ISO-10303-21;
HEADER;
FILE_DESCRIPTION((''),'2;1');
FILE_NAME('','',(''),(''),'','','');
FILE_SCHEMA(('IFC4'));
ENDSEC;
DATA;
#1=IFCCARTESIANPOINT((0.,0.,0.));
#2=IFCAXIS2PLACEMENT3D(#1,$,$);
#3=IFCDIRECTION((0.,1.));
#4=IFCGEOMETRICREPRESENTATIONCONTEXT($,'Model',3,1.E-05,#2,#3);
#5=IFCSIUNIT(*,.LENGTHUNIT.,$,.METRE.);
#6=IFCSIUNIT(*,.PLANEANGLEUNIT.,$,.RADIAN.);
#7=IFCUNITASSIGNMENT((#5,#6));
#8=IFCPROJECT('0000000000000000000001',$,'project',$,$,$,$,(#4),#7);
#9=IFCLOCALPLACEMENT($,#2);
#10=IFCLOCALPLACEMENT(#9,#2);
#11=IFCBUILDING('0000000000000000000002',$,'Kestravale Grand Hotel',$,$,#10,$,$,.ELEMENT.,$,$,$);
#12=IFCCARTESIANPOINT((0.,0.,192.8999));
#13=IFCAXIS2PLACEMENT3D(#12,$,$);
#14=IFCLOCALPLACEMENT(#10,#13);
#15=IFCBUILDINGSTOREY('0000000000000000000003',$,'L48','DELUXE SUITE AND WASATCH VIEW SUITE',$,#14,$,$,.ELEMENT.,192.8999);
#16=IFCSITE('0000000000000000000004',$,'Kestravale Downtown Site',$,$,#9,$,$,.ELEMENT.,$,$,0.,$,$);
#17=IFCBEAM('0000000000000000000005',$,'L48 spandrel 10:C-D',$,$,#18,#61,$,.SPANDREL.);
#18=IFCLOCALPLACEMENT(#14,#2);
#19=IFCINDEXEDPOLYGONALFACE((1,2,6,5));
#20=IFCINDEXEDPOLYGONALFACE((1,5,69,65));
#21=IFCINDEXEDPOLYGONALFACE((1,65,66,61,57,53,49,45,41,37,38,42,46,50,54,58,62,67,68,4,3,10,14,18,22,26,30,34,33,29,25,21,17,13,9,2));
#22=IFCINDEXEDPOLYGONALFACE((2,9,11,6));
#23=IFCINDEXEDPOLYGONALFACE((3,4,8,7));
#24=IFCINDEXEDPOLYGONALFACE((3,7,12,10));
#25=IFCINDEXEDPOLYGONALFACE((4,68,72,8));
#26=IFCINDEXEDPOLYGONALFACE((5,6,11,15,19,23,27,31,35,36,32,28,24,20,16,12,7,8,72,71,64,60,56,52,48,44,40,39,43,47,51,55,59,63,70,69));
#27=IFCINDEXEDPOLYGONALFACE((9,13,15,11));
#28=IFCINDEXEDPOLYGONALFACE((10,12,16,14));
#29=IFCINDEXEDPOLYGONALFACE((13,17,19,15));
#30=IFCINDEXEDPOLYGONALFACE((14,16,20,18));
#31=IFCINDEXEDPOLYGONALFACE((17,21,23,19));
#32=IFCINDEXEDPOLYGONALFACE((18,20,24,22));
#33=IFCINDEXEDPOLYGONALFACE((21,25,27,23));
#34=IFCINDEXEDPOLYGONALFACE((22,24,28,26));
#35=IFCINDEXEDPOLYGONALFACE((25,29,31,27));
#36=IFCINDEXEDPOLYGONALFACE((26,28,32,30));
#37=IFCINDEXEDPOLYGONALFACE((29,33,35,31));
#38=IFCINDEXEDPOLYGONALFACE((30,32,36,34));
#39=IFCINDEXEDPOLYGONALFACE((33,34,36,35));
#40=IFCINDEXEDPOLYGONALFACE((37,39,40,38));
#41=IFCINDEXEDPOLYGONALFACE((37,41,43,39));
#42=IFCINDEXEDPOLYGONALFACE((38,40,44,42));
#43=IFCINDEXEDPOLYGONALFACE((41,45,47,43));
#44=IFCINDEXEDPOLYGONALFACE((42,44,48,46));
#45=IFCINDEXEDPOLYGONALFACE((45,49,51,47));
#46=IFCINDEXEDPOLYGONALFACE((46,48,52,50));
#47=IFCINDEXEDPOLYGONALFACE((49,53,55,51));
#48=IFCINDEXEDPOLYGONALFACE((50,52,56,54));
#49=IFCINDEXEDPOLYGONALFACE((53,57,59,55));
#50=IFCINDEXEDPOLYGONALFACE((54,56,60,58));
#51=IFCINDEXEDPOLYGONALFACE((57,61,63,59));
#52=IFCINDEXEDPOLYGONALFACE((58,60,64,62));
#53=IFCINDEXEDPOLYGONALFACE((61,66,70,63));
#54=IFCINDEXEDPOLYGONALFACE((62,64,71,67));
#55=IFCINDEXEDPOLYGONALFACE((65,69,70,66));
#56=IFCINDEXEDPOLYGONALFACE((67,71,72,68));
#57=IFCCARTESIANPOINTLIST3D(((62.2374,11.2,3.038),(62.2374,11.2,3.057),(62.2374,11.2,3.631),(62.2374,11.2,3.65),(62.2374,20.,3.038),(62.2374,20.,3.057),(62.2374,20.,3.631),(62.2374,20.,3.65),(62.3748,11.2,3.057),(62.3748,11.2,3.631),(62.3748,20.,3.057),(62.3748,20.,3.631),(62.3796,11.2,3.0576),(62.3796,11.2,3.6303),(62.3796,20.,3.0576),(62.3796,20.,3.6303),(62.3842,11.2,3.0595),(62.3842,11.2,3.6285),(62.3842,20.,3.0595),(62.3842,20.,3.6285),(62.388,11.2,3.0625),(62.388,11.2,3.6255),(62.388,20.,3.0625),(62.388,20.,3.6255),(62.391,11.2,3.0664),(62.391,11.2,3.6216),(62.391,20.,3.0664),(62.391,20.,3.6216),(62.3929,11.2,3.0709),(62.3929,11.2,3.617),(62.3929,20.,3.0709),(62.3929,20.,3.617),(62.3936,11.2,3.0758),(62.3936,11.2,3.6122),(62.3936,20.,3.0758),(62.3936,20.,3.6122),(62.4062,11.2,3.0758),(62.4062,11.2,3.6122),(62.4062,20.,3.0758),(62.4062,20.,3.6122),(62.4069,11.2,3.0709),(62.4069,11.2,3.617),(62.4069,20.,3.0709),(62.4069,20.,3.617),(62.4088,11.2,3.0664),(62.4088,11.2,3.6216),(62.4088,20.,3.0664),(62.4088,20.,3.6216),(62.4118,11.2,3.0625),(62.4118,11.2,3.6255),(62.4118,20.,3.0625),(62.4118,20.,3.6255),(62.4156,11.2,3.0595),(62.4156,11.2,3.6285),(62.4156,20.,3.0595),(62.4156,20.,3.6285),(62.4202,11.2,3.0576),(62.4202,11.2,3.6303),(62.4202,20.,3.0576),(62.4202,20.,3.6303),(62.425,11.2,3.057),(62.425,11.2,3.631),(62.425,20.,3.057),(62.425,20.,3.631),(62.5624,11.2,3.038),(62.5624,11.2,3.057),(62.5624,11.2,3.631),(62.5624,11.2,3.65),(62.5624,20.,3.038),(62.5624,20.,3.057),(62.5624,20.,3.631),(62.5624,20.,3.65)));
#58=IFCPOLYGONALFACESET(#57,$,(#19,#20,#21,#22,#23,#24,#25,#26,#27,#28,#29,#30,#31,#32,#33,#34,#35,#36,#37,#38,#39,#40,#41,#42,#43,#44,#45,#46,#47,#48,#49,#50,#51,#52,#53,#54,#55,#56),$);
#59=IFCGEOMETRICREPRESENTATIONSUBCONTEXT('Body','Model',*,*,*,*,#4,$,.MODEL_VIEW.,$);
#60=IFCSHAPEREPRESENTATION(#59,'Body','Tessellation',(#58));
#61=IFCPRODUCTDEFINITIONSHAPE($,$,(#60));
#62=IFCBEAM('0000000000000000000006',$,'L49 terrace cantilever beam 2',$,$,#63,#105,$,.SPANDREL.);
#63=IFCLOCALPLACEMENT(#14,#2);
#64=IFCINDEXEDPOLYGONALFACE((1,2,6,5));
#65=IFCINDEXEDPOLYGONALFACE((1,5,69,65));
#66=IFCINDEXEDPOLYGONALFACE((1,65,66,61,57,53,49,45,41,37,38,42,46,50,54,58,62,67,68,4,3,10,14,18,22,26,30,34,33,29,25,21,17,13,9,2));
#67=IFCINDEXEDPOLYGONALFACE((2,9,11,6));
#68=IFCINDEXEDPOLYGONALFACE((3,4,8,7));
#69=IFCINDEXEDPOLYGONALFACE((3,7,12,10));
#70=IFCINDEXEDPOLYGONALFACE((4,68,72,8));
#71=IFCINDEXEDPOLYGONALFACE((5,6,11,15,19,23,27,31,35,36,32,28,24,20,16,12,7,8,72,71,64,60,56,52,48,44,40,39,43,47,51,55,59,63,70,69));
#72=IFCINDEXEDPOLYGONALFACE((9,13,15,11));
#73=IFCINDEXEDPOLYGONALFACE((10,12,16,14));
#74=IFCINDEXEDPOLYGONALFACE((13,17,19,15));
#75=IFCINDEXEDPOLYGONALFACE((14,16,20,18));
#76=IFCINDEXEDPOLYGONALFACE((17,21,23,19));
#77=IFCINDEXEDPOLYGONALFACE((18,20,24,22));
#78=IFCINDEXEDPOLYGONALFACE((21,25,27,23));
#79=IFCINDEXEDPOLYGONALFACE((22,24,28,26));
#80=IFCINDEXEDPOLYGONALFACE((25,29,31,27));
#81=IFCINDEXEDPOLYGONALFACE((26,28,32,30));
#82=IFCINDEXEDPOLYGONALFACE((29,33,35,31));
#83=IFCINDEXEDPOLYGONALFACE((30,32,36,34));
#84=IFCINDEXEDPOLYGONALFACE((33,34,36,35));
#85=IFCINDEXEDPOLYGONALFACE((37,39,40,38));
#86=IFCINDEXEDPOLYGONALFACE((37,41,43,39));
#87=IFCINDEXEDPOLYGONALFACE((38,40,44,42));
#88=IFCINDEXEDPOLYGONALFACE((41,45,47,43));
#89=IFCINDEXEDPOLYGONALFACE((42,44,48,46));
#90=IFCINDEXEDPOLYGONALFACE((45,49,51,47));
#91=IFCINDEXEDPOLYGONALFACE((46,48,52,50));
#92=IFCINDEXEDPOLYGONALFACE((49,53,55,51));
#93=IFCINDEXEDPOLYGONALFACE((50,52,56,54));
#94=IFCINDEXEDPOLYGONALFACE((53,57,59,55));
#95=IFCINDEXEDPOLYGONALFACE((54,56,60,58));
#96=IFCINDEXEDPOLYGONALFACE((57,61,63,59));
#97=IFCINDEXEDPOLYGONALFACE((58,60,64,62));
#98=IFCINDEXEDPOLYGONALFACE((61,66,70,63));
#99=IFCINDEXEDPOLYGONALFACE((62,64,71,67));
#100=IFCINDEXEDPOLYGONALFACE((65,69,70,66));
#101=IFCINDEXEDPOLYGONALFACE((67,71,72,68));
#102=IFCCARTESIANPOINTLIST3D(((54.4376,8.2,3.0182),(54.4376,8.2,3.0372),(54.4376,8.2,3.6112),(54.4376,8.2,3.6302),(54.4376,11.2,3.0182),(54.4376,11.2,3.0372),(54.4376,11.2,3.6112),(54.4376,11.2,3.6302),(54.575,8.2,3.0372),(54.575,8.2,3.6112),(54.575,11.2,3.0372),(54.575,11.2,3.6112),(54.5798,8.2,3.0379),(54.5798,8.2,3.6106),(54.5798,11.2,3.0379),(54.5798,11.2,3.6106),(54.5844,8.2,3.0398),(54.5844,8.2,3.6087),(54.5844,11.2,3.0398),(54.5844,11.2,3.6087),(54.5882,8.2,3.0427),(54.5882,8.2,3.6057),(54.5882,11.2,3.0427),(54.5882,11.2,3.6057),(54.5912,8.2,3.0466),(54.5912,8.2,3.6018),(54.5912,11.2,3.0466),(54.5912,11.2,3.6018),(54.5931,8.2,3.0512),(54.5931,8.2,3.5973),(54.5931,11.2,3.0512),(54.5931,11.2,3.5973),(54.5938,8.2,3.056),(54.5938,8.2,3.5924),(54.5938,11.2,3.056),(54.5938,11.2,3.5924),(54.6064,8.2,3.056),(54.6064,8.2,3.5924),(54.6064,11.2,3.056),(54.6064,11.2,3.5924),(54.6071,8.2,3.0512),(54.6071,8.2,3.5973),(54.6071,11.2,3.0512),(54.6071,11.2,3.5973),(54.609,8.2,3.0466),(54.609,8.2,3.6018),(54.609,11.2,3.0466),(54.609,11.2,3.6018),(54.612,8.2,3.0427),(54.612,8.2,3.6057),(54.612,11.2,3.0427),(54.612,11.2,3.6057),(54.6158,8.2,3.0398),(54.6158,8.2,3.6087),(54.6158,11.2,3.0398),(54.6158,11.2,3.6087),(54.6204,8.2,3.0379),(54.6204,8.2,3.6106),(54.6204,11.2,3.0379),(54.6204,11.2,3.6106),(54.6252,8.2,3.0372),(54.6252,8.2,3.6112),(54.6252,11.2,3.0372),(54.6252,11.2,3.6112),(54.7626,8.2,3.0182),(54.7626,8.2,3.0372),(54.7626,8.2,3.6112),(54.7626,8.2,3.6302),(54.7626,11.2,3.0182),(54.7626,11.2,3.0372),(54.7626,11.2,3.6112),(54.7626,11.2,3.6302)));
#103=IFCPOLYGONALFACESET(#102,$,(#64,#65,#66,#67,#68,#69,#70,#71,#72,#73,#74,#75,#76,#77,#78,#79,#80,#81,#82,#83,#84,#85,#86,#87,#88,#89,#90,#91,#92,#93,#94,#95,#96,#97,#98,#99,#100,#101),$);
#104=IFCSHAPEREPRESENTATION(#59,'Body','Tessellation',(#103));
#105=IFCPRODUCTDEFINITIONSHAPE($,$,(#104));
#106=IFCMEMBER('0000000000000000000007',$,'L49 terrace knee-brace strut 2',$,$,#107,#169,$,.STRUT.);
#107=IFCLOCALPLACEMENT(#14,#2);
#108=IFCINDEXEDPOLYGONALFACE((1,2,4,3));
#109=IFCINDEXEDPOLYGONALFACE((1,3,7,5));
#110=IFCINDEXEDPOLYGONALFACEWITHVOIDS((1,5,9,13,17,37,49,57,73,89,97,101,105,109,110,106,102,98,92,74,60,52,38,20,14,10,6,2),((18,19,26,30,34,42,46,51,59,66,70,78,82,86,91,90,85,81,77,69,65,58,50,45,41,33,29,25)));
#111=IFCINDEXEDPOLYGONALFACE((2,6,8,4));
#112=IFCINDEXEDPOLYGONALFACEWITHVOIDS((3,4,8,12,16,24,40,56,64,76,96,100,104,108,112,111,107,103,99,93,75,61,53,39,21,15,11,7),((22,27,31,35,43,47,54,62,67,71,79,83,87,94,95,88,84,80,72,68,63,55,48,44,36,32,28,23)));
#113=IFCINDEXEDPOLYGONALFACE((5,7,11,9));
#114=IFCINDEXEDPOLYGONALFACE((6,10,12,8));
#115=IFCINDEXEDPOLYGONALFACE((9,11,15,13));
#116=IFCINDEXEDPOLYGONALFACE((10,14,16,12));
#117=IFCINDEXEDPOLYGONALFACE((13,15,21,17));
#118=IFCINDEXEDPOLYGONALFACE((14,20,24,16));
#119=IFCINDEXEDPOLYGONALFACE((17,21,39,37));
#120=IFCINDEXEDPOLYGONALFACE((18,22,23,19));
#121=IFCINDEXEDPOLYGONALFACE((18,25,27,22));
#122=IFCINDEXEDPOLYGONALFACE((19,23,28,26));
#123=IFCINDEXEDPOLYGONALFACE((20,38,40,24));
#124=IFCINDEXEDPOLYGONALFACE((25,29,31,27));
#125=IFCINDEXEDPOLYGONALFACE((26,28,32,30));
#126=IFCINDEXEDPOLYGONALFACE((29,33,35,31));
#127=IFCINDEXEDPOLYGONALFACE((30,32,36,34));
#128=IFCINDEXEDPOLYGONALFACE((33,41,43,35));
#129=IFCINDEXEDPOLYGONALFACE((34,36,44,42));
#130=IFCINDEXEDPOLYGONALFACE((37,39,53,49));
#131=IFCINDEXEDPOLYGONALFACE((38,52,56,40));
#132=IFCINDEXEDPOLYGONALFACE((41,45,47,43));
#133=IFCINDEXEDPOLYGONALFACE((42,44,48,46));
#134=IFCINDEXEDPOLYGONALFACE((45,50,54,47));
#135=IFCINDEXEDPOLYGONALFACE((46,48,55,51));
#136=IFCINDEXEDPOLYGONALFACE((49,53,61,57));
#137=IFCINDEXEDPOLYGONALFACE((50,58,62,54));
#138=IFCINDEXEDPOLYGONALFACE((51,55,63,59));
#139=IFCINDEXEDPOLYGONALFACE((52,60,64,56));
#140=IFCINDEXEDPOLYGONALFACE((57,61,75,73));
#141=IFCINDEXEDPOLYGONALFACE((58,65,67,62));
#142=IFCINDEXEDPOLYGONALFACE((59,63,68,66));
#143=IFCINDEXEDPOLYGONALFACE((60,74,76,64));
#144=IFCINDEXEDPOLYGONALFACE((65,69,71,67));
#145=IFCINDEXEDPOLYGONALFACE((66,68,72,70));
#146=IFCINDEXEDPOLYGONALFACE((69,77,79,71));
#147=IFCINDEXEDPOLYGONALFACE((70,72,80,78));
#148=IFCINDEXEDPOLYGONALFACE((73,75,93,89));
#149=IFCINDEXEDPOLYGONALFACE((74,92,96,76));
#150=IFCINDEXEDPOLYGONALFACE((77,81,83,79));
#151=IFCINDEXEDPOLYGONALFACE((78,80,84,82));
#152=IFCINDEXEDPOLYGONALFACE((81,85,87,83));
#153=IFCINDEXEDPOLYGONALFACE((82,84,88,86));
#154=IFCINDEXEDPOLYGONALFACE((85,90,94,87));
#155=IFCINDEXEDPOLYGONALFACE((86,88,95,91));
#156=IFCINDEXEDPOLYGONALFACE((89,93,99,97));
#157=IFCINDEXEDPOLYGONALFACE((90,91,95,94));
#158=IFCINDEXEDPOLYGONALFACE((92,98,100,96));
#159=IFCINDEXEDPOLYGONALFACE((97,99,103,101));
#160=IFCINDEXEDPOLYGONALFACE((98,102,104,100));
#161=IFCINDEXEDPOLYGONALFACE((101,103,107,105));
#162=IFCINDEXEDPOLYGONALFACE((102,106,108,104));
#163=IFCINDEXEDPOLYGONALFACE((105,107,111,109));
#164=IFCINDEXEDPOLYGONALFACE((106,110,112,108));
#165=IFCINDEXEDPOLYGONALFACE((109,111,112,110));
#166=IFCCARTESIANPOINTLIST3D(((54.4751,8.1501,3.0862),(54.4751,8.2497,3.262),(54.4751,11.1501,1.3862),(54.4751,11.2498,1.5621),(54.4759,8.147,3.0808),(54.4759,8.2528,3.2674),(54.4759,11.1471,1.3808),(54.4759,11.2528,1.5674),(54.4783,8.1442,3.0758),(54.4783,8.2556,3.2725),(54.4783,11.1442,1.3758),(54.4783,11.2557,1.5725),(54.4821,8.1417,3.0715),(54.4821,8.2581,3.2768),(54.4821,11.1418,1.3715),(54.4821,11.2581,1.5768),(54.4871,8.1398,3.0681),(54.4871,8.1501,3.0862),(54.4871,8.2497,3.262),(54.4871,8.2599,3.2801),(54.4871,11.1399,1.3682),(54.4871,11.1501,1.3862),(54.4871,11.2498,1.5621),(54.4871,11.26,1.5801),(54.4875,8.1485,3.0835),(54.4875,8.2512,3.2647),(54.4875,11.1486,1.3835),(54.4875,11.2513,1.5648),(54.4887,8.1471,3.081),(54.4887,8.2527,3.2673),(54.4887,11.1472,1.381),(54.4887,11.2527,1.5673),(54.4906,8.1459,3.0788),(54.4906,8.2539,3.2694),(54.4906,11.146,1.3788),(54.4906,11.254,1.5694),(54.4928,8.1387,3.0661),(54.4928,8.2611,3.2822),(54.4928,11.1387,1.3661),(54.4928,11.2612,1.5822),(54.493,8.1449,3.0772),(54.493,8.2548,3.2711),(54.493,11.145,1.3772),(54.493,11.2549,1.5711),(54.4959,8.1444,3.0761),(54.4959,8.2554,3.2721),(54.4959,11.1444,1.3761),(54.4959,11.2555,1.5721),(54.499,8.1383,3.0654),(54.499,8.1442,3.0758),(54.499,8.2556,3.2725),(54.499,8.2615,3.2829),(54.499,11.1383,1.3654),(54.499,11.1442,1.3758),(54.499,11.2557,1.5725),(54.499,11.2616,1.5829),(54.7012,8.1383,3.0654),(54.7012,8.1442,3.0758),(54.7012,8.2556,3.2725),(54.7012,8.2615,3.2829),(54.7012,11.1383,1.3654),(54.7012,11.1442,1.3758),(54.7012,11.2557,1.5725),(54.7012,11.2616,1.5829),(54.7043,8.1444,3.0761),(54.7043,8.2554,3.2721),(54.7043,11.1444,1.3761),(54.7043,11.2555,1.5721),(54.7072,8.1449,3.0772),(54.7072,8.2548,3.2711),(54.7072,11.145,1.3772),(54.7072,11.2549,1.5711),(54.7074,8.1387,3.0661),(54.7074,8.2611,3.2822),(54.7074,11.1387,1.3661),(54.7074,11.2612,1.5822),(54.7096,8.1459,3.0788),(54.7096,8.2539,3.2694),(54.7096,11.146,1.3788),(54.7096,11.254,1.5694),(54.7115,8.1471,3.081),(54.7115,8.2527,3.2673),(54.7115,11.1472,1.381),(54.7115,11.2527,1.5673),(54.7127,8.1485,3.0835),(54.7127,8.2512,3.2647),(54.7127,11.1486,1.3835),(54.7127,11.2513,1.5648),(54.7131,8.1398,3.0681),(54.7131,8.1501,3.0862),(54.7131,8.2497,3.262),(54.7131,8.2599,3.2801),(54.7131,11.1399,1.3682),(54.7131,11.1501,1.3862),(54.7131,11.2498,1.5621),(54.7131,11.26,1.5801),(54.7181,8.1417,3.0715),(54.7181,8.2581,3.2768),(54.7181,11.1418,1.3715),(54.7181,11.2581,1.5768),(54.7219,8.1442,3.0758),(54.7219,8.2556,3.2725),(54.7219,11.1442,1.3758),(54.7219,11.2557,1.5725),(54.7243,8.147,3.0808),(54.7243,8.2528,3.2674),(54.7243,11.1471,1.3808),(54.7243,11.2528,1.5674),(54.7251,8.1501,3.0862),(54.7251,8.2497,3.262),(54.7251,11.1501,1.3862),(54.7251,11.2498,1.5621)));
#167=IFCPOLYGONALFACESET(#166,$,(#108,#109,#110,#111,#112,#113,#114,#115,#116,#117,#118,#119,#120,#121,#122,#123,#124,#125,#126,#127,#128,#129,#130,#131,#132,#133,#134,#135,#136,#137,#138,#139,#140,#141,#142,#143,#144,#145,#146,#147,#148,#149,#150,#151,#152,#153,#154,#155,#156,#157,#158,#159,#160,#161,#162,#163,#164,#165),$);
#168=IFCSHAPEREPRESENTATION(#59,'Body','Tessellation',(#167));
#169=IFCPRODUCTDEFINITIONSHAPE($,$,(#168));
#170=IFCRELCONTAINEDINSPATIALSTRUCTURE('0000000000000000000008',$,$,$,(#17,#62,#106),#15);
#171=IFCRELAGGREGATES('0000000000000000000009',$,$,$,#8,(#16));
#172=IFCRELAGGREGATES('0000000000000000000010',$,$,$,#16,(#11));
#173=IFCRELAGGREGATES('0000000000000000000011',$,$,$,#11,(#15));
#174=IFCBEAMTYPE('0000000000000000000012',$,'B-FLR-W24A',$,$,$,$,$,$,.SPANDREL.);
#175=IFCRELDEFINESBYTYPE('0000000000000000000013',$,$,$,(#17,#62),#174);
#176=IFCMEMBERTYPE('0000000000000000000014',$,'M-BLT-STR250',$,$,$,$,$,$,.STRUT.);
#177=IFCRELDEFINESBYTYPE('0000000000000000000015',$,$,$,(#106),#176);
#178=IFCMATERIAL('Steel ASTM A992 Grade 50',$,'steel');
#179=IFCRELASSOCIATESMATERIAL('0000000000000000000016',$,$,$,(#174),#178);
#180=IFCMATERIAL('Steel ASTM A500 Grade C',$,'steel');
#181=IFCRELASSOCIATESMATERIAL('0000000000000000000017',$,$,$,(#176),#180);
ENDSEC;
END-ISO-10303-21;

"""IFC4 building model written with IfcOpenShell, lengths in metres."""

from ifc_helpers import new_model, si_unit, direction, frame, origin, origin_2d, place, context, subcontext, project, spatial, hollow_rectangle, i_section, extrude, material, material_profile, profile_set, type_object, element, save


model = new_model("IFC4")

# Units and contexts
model_context = context("Model", 3, precision=1e-05, world=origin(), true_north=direction((0.0, 1.0)))
body_context = subcontext(model_context, "Body", "Model", "MODEL_VIEW")
ifc_project = project(units=[si_unit("LENGTHUNIT", "METRE"), si_unit("PLANEANGLEUNIT", "RADIAN")], contexts=[model_context])

# Site, building, storey
site_placement = place(None, origin())
site = spatial("IfcSite", under=ifc_project, at=site_placement, Name="Kestravale Downtown Site", CompositionType="ELEMENT", RefElevation=0.0)
building_placement = place(site_placement, origin())
building = spatial("IfcBuilding", under=site, at=building_placement, Name="Kestravale Grand Hotel", CompositionType="ELEMENT")
storey_placement = place(building_placement, frame((0.0, 0.0, 192.8999)))
storey = spatial("IfcBuildingStorey", under=building, at=storey_placement, Name="L48", Description="DELUXE SUITE AND WASATCH VIEW SUITE", CompositionType="ELEMENT", Elevation=192.8999)

# Beams
ifc_material_1 = material(Name="Steel ASTM A992 Grade 50", Category="steel")
ifc_material_profile_1 = material_profile(ifc_material_1, i_section(OverallWidth=0.325, OverallDepth=0.6121, WebThickness=0.0127, FlangeThickness=0.019, FilletRadius=0.0188, at=origin_2d()))
ifc_profile_set_1 = profile_set([ifc_material_profile_1], Name="Steel ASTM A992 Grade 50")
beam_type_1 = type_object("IfcBeamType", Name="B-FLR-W24A", PredefinedType="SPANDREL", material=ifc_profile_set_1)
for number, where, z_axis, x_axis, name in (
    (1, (62.3999, 11.2, 3.344), (0.0, 1.0, 0.0), (-1.0, 0.0, 0.0), "L48 spandrel 10:C-D"),
):
    element("IfcBeam", number, at=place(storey_placement, frame(where, z_axis=z_axis, x_axis=x_axis)), inside=storey, type_object=beam_type_1, Name=name, PredefinedType="SPANDREL", context=body_context, shape_type="SweptSolid", body=[
        extrude(i_section(OverallWidth=0.325, OverallDepth=0.6121, WebThickness=0.0127, FlangeThickness=0.019, FilletRadius=0.0188, at=origin_2d()), origin(), (0.0, 0.0, 1.0), 8.8),
    ])
beam_1_placement = place(storey_placement, frame((54.6001, 11.2, 3.3242), z_axis=(0.0, -1.0, 0.0), x_axis=(1.0, 0.0, 0.0)))
element("IfcBeam", 2, at=beam_1_placement, inside=storey, type_object=beam_type_1, Name="L49 terrace cantilever beam 2", PredefinedType="SPANDREL", context=body_context, shape_type="SweptSolid", body=[
    extrude(i_section(OverallWidth=0.325, OverallDepth=0.6121, WebThickness=0.0127, FlangeThickness=0.019, FilletRadius=0.0188, at=origin_2d()), origin(), (0.0, 0.0, 1.0), 3.0),
])

# Member
ifc_material_2 = material(Name="Steel ASTM A500 Grade C", Category="steel")
ifc_material_profile_2 = material_profile(ifc_material_2, hollow_rectangle(XDim=0.25, YDim=0.25, WallThickness=0.012, InnerFilletRadius=0.012, OuterFilletRadius=0.0239, at=origin_2d()))
ifc_profile_set_2 = profile_set([ifc_material_profile_2], Name="Steel ASTM A500 Grade C")
member_type = type_object("IfcMemberType", Name="M-BLT-STR250", PredefinedType="STRUT", material=ifc_profile_set_2)
member_placement = place(storey_placement, frame((54.6001, 11.2, 1.4741), z_axis=(0.0, -0.870028, 0.493002), x_axis=(1.0, 0.0, 0.0)))
element("IfcMember", 3, at=member_placement, inside=storey, type_object=member_type, Name="L49 terrace knee-brace strut 2", PredefinedType="STRUT", context=body_context, shape_type="SweptSolid", body=[
    extrude(hollow_rectangle(XDim=0.25, YDim=0.25, WallThickness=0.012, InnerFilletRadius=0.012, OuterFilletRadius=0.0239, at=origin_2d()), origin(), (0.0, 0.0, 1.0), 3.4482),
])

save(model, "model.ifc")
